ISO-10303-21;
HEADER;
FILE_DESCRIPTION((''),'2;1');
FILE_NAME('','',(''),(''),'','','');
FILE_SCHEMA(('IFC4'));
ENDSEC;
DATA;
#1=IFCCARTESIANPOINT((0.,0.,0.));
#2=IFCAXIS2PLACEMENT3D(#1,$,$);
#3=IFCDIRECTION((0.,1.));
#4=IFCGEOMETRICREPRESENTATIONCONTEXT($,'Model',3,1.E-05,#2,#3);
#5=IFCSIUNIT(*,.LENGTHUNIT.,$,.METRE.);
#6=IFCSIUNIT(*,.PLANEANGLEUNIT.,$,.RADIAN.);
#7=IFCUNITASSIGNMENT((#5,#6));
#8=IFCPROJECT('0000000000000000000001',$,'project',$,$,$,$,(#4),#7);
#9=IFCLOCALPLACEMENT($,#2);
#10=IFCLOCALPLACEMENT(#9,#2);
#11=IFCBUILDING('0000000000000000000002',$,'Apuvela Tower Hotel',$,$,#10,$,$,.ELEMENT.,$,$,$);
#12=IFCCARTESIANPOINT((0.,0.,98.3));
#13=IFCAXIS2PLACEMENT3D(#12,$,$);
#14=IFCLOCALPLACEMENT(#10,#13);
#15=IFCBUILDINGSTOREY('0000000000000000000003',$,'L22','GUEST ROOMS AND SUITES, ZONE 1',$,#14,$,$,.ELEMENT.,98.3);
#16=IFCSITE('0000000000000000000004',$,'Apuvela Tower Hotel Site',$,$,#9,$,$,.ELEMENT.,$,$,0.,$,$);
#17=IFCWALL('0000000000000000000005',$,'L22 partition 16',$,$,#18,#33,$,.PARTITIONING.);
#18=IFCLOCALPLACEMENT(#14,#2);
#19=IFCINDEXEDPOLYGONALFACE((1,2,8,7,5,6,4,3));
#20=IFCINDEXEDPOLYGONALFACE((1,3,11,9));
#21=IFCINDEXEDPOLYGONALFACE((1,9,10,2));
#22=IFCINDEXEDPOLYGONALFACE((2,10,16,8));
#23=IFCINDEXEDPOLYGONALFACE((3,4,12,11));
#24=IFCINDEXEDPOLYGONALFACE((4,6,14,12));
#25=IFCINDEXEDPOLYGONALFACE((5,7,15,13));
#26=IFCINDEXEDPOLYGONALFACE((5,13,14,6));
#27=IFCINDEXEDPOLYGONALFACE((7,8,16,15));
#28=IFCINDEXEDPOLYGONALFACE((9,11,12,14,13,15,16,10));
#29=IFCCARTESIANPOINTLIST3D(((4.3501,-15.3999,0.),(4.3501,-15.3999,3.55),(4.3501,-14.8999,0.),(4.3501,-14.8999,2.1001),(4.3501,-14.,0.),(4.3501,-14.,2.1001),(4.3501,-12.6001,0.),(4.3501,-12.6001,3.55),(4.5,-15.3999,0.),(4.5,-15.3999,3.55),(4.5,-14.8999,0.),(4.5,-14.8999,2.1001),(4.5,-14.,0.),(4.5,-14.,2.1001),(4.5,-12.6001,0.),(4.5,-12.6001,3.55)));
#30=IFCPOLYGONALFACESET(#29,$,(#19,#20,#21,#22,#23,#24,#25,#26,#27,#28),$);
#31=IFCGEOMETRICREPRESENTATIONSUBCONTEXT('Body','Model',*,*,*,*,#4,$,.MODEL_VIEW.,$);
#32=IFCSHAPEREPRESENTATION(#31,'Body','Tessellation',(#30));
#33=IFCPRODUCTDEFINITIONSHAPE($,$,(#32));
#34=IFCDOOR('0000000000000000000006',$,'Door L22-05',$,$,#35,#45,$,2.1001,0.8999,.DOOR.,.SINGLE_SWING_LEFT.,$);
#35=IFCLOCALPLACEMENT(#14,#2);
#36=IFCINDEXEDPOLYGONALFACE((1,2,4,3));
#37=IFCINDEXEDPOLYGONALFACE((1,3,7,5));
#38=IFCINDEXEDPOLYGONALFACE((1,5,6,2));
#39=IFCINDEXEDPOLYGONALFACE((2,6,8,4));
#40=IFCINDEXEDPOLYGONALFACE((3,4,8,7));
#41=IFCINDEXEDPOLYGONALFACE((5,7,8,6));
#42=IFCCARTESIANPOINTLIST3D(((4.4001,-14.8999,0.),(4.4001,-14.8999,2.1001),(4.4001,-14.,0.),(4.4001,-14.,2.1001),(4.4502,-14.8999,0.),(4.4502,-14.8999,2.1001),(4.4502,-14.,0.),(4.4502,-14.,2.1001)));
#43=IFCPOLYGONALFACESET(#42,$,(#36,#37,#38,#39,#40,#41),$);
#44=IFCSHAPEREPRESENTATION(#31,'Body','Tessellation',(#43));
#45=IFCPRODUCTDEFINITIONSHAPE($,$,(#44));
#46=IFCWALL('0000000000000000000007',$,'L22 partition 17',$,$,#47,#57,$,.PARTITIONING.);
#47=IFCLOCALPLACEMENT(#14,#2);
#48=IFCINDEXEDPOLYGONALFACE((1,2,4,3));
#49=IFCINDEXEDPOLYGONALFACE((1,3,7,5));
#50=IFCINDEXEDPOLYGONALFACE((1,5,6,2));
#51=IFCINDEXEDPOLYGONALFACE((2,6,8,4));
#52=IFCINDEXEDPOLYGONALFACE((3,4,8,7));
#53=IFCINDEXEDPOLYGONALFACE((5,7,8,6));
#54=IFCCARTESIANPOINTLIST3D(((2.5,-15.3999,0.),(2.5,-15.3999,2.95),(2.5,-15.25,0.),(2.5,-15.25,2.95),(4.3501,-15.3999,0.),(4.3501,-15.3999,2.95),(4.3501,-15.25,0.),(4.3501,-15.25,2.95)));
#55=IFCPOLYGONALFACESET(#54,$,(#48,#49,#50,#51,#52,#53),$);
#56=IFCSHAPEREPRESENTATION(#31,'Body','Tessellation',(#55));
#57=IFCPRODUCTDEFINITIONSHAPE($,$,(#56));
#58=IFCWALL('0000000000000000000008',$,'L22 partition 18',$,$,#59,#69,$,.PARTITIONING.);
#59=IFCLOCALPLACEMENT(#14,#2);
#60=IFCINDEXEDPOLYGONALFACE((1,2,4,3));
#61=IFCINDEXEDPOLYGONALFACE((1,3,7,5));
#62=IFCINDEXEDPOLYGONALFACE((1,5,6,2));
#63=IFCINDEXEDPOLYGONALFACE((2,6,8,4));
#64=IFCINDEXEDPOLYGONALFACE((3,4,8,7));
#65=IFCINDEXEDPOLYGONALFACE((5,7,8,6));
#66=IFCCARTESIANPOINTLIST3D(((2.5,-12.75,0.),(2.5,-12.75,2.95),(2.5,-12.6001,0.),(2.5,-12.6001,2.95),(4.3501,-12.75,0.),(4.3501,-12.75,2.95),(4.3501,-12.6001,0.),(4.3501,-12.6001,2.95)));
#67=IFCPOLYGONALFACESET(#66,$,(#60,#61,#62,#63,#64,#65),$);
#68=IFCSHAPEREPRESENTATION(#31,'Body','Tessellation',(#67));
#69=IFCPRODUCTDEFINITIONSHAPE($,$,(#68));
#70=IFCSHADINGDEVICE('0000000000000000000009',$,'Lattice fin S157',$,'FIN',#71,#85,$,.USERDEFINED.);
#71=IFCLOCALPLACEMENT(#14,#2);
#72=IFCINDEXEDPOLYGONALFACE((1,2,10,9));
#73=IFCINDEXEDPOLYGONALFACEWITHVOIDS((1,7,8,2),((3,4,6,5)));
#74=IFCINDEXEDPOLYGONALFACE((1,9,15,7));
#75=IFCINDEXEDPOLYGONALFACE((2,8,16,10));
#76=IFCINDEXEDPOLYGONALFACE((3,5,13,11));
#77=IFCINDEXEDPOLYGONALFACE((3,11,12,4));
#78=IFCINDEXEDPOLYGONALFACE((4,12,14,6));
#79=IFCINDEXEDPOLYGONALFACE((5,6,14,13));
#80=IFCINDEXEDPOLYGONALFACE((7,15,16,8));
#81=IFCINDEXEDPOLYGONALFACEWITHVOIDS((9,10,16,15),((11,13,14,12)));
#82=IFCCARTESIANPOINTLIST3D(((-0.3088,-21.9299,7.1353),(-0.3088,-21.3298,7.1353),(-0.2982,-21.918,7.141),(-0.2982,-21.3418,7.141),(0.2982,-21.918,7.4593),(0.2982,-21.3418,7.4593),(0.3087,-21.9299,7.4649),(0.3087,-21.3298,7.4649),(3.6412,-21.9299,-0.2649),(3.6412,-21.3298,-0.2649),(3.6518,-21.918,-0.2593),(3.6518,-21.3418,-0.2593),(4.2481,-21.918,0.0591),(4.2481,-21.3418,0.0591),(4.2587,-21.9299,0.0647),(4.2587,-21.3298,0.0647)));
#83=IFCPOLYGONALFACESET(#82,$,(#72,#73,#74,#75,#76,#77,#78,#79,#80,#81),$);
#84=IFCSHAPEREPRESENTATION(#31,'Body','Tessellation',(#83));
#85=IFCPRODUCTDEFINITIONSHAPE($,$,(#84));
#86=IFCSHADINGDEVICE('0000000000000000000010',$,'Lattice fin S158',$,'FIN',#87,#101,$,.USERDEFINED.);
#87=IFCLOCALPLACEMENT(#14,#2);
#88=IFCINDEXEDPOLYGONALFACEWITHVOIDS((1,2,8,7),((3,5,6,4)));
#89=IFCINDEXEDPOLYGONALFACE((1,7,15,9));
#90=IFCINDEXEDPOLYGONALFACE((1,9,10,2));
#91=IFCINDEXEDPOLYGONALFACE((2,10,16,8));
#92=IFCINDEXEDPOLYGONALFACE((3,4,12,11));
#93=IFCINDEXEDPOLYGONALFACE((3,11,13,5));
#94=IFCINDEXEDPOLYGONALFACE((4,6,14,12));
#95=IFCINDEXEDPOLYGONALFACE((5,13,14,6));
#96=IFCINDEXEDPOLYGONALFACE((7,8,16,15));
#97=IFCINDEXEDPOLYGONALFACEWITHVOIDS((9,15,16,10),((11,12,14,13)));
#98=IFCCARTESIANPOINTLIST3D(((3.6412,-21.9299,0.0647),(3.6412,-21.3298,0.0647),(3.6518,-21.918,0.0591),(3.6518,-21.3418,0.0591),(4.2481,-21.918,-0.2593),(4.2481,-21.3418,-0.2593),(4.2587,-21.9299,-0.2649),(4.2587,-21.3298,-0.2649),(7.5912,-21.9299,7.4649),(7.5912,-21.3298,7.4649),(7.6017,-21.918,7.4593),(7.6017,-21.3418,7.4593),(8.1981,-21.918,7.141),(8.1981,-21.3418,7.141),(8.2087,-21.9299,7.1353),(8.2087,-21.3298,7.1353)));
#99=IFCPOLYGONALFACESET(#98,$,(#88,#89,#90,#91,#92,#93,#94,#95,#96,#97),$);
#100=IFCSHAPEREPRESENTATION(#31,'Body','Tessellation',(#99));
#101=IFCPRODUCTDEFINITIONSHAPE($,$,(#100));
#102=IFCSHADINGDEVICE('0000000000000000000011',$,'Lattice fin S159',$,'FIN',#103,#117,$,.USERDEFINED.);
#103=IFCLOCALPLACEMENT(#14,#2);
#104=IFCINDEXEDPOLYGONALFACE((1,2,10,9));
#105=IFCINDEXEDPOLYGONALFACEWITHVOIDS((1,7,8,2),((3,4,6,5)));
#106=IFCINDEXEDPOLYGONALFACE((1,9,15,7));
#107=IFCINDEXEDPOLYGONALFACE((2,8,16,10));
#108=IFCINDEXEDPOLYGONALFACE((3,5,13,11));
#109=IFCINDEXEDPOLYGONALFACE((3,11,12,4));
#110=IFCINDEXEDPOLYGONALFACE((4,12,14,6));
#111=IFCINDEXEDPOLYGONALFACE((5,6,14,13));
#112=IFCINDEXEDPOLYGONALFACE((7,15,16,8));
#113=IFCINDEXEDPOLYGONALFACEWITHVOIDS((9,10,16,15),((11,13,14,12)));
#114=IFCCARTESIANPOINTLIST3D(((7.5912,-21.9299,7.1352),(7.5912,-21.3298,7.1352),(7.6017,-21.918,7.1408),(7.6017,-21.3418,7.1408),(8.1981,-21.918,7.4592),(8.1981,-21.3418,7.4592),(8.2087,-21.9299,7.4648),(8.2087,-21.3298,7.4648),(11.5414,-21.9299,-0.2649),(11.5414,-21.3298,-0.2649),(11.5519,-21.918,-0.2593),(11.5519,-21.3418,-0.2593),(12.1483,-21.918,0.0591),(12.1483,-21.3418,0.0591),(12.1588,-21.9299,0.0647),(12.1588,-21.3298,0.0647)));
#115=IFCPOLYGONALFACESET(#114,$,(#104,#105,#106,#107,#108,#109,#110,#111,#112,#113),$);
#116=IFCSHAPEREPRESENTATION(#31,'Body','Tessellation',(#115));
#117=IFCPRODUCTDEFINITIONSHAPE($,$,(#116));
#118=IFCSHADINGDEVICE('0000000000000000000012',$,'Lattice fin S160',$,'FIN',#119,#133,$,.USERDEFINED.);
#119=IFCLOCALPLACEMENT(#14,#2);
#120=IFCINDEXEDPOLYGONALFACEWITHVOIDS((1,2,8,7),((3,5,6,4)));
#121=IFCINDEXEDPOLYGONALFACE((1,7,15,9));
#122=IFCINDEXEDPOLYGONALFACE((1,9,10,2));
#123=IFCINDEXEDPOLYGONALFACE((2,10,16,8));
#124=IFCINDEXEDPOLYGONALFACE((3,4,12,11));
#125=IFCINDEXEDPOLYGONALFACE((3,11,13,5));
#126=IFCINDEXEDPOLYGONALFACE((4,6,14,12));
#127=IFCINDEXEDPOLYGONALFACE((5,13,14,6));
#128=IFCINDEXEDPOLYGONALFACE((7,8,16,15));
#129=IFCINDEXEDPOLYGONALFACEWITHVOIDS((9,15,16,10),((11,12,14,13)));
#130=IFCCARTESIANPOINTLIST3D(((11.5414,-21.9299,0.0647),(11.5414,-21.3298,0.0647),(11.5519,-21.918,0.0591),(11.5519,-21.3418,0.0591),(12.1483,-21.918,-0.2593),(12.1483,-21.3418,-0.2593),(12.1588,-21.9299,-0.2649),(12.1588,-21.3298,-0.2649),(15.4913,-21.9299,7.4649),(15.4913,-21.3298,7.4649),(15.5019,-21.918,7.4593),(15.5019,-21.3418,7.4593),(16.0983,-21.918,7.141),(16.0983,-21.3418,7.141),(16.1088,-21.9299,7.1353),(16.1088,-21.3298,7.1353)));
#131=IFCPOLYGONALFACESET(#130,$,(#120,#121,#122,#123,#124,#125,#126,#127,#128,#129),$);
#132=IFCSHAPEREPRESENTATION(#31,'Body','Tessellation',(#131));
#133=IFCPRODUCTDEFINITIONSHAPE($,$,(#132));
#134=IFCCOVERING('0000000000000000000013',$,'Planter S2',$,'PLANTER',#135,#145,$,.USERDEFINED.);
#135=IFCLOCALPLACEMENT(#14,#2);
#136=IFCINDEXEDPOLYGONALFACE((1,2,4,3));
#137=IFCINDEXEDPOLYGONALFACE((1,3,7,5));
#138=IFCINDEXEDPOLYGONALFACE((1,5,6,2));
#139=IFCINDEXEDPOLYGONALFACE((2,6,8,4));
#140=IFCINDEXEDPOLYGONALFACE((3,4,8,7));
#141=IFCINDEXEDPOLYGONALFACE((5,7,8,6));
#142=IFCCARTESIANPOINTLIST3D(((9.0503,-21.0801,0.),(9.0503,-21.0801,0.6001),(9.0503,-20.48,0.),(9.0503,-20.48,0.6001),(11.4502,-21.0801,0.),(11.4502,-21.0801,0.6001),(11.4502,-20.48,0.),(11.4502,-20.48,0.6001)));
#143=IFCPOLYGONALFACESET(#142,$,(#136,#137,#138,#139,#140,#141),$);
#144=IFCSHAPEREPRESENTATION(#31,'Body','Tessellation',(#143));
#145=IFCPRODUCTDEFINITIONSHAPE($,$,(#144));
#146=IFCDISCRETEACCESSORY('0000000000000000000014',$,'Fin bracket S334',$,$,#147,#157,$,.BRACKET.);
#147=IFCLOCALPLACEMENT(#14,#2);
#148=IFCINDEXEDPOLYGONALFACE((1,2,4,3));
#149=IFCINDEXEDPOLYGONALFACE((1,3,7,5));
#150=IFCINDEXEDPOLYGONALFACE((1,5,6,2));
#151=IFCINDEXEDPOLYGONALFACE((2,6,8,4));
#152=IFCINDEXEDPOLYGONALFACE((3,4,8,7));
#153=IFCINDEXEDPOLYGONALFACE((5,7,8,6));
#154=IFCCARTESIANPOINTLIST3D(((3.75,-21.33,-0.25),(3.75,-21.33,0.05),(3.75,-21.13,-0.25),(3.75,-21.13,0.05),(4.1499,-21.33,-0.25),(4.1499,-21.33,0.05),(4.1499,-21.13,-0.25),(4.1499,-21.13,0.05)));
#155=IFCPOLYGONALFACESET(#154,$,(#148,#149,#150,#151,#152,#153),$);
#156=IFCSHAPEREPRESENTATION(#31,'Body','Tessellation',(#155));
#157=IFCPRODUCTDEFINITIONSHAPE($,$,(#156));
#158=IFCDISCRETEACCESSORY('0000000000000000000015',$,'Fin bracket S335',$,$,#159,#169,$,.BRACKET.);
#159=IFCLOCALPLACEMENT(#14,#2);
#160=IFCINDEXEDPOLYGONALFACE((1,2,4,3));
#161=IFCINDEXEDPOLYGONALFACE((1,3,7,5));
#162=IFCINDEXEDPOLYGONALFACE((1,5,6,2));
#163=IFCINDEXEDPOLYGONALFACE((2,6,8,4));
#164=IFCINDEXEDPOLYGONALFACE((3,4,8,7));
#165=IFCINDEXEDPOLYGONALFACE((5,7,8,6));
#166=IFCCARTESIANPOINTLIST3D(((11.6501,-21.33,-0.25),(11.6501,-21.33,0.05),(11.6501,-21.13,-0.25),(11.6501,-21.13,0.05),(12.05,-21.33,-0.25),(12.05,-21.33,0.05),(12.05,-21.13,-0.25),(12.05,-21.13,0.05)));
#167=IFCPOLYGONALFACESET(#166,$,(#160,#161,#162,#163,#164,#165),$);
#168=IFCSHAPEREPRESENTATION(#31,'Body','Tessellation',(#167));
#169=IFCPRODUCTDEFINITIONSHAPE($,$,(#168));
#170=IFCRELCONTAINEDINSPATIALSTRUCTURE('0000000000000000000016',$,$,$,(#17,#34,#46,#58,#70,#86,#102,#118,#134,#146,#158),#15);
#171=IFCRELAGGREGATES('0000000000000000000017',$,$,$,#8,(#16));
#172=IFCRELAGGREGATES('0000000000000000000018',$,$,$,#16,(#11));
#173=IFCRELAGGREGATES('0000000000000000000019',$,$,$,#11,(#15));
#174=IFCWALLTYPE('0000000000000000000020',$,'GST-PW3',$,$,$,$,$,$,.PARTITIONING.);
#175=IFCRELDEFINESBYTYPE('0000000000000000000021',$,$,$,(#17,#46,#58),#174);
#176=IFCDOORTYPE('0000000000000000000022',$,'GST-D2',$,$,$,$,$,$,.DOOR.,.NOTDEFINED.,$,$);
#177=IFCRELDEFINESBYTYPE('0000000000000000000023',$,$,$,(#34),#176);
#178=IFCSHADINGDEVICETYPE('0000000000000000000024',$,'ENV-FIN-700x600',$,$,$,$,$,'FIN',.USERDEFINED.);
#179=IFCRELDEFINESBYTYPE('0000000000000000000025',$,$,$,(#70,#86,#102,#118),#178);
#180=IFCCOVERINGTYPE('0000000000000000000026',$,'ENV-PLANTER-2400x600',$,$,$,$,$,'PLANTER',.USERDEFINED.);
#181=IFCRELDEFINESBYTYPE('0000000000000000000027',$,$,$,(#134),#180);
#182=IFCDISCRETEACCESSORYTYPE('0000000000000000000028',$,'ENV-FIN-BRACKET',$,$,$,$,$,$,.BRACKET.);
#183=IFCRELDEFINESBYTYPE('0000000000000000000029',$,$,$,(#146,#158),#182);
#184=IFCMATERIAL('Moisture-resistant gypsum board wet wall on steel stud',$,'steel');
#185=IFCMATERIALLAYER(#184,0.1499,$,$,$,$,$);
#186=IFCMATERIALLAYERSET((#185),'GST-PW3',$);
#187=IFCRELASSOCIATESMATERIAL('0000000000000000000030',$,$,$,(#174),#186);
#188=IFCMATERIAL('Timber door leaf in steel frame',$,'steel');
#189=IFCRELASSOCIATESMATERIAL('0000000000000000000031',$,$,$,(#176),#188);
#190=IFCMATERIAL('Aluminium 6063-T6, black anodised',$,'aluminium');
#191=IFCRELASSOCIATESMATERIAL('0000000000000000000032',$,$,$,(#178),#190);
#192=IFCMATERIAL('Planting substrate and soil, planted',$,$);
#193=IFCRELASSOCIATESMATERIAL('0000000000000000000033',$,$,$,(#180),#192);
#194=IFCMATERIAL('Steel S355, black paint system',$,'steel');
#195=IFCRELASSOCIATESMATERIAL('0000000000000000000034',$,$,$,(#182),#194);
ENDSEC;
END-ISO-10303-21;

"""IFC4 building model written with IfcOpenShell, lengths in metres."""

from ifc_helpers import new_model, si_unit, direction, frame, frame_2d, origin, origin_2d, place, context, subcontext, project, spatial, rectangle, hollow_rectangle, extrude, material, layer, layer_set, material_profile, profile_set, type_object, element, fill, save


model = new_model("IFC4")

# Units and contexts
model_context = context("Model", 3, precision=1e-05, world=origin(), true_north=direction((0.0, 1.0)))
body_context = subcontext(model_context, "Body", "Model", "MODEL_VIEW")
ifc_project = project(units=[si_unit("LENGTHUNIT", "METRE"), si_unit("PLANEANGLEUNIT", "RADIAN")], contexts=[model_context])

# Site, building, storey
site_placement = place(None, origin())
site = spatial("IfcSite", under=ifc_project, at=site_placement, Name="Apuvela Tower Hotel Site", CompositionType="ELEMENT", RefElevation=0.0)
building_placement = place(site_placement, origin())
building = spatial("IfcBuilding", under=site, at=building_placement, Name="Apuvela Tower Hotel", CompositionType="ELEMENT")
storey_placement = place(building_placement, frame((0.0, 0.0, 98.3)))
storey = spatial("IfcBuildingStorey", under=building, at=storey_placement, Name="L22", Description="GUEST ROOMS AND SUITES, ZONE 1", CompositionType="ELEMENT", Elevation=98.3)

# Wall, opening, door
ifc_material_1 = material(Name="Moisture-resistant gypsum board wet wall on steel stud", Category="steel")
ifc_layer_1 = layer(ifc_material_1, 0.1499)
ifc_layer_set_1 = layer_set([ifc_layer_1], Name="GST-PW3")
wall_type_1 = type_object("IfcWallType", Name="GST-PW3", PredefinedType="PARTITIONING", material=ifc_layer_set_1)
wall_1_placement = place(storey_placement, frame((4.425, -15.3999, 0.0), z_axis=(0.0, 0.0, 1.0), x_axis=(0.0, 1.0, 0.0)))
wall_1 = element("IfcWall", 1, at=wall_1_placement, inside=storey, type_object=wall_type_1, Name="L22 partition 16", PredefinedType="PARTITIONING", context=body_context, shape_type="SweptSolid", body=[
    extrude(rectangle(XDim=2.7998, YDim=0.1499, at=frame_2d((1.3999, 0.0))), origin(), (0.0, 0.0, 1.0), 3.55),
])
opening_1_placement = place(wall_1_placement, frame((0.5, 0.0, 0.0)))
opening_1 = element("IfcOpeningElement", 2, at=opening_1_placement, cuts=wall_1, PredefinedType="OPENING", context=body_context, shape_type="SweptSolid", body=[
    extrude(rectangle(XDim=0.8999, YDim=2.1001, at=frame_2d((0.45, 1.05))), frame((0.0, 0.085, 0.0), z_axis=(0.0, -1.0, 0.0), x_axis=(1.0, 0.0, 0.0)), (0.0, 0.0, 1.0), 0.1699),
])
ifc_material_2 = material(Name="Timber door leaf in steel frame", Category="steel")
door_type_1 = type_object("IfcDoorType", Name="GST-D2", OperationType="NOTDEFINED", PredefinedType="DOOR", material=ifc_material_2)
door_1_placement = place(opening_1_placement, origin())
door_1 = element("IfcDoor", 3, at=door_1_placement, inside=storey, type_object=door_type_1, Name="Door L22-05", OperationType="SINGLE_SWING_LEFT", OverallHeight=2.1001, OverallWidth=0.8999, PredefinedType="DOOR", context=body_context, shape_type="SweptSolid", body=[
    extrude(rectangle(XDim=0.8999, YDim=2.1001, at=frame_2d((0.45, 1.05))), frame((0.0, 0.0249, 0.0), z_axis=(0.0, -1.0, 0.0), x_axis=(1.0, 0.0, 0.0)), (0.0, 0.0, 1.0), 0.05),
])
fill(opening_1, door_1)

# Walls
for number, where, z_axis, x_axis, name in (
    (4, (2.5, -15.325, 0.0), (0.0, 0.0, 1.0), (1.0, 0.0, 0.0), "L22 partition 17"),
    (5, (2.5, -12.675, 0.0), (0.0, 0.0, 1.0), (1.0, 0.0, 0.0), "L22 partition 18"),
):
    element("IfcWall", number, at=place(storey_placement, frame(where, z_axis=z_axis, x_axis=x_axis)), inside=storey, type_object=wall_type_1, Name=name, PredefinedType="PARTITIONING", context=body_context, shape_type="SweptSolid", body=[
        extrude(rectangle(XDim=1.8501, YDim=0.1499, at=frame_2d((0.925, 0.0))), origin(), (0.0, 0.0, 1.0), 2.95),
    ])

# Shading devices
ifc_material_3 = material(Name="Aluminium 6063-T6, black anodised", Category="aluminium")
ifc_material_profile_1 = material_profile(ifc_material_3, hollow_rectangle(XDim=0.6001, YDim=0.7, WallThickness=0.012, at=origin_2d()), Name="AL BOX 700x600x12")
ifc_profile_set_1 = profile_set([ifc_material_profile_1], Name="Aluminium 6063-T6, black anodised")
shading_device_type = type_object("IfcShadingDeviceType", Name="ENV-FIN-700x600", ElementType="FIN", PredefinedType="USERDEFINED", material=ifc_profile_set_1)
for number, where, z_axis, x_axis, name in (
    (6, (3.95, -21.6299, -0.1001), (-0.470886, 0.0, 0.882194), (0.0, -1.0, 0.0), "Lattice fin S157"),
    (7, (3.95, -21.6299, -0.1001), (0.470886, 0.0, 0.882194), (0.0, 1.0, 0.0), "Lattice fin S158"),
    (8, (11.8501, -21.6299, -0.1001), (-0.470908, 0.0, 0.882182), (0.0, -1.0, 0.0), "Lattice fin S159"),
    (9, (11.8501, -21.6299, -0.1001), (0.470886, 0.0, 0.882194), (0.0, 1.0, 0.0), "Lattice fin S160"),
):
    element("IfcShadingDevice", number, at=place(storey_placement, frame(where, z_axis=z_axis, x_axis=x_axis)), inside=storey, type_object=shading_device_type, Name=name, ObjectType="FIN", PredefinedType="USERDEFINED", context=body_context, shape_type="SweptSolid", body=[
        extrude(hollow_rectangle(XDim=0.6001, YDim=0.7, WallThickness=0.012, at=origin_2d()), origin(), (0.0, 0.0, 1.0), 8.3884),
    ])

# Covering
ifc_material_4 = material(Name="Planting substrate and soil, planted")
covering_type = type_object("IfcCoveringType", Name="ENV-PLANTER-2400x600", ElementType="PLANTER", PredefinedType="USERDEFINED", material=ifc_material_4)
covering_placement = place(storey_placement, frame((10.2502, -20.78, 0.0), z_axis=(0.0, 0.0, 1.0), x_axis=(1.0, 0.0, 0.0)))
element("IfcCovering", 10, at=covering_placement, inside=storey, type_object=covering_type, Name="Planter S2", ObjectType="PLANTER", PredefinedType="USERDEFINED", context=body_context, shape_type="SweptSolid", body=[
    extrude(rectangle(XDim=2.3999, YDim=0.6001, at=origin_2d()), origin(), (0.0, 0.0, 1.0), 0.6001),
])

# Discrete accessories
ifc_material_5 = material(Name="Steel S355, black paint system", Category="steel")
discrete_accessory_type = type_object("IfcDiscreteAccessoryType", Name="ENV-FIN-BRACKET", PredefinedType="BRACKET", material=ifc_material_5)
for number, where, z_axis, x_axis, name in (
    (11, (3.95, -21.23, -0.25), (0.0, 0.0, 1.0), (1.0, 0.0, 0.0), "Fin bracket S334"),
    (12, (11.8501, -21.23, -0.25), (0.0, 0.0, 1.0), (1.0, 0.0, 0.0), "Fin bracket S335"),
):
    element("IfcDiscreteAccessory", number, at=place(storey_placement, frame(where, z_axis=z_axis, x_axis=x_axis)), inside=storey, type_object=discrete_accessory_type, Name=name, PredefinedType="BRACKET", context=body_context, shape_type="SweptSolid", body=[
        extrude(rectangle(XDim=0.3999, YDim=0.2, at=origin_2d()), origin(), (0.0, 0.0, 1.0), 0.3),
    ])

save(model, "model.ifc")
